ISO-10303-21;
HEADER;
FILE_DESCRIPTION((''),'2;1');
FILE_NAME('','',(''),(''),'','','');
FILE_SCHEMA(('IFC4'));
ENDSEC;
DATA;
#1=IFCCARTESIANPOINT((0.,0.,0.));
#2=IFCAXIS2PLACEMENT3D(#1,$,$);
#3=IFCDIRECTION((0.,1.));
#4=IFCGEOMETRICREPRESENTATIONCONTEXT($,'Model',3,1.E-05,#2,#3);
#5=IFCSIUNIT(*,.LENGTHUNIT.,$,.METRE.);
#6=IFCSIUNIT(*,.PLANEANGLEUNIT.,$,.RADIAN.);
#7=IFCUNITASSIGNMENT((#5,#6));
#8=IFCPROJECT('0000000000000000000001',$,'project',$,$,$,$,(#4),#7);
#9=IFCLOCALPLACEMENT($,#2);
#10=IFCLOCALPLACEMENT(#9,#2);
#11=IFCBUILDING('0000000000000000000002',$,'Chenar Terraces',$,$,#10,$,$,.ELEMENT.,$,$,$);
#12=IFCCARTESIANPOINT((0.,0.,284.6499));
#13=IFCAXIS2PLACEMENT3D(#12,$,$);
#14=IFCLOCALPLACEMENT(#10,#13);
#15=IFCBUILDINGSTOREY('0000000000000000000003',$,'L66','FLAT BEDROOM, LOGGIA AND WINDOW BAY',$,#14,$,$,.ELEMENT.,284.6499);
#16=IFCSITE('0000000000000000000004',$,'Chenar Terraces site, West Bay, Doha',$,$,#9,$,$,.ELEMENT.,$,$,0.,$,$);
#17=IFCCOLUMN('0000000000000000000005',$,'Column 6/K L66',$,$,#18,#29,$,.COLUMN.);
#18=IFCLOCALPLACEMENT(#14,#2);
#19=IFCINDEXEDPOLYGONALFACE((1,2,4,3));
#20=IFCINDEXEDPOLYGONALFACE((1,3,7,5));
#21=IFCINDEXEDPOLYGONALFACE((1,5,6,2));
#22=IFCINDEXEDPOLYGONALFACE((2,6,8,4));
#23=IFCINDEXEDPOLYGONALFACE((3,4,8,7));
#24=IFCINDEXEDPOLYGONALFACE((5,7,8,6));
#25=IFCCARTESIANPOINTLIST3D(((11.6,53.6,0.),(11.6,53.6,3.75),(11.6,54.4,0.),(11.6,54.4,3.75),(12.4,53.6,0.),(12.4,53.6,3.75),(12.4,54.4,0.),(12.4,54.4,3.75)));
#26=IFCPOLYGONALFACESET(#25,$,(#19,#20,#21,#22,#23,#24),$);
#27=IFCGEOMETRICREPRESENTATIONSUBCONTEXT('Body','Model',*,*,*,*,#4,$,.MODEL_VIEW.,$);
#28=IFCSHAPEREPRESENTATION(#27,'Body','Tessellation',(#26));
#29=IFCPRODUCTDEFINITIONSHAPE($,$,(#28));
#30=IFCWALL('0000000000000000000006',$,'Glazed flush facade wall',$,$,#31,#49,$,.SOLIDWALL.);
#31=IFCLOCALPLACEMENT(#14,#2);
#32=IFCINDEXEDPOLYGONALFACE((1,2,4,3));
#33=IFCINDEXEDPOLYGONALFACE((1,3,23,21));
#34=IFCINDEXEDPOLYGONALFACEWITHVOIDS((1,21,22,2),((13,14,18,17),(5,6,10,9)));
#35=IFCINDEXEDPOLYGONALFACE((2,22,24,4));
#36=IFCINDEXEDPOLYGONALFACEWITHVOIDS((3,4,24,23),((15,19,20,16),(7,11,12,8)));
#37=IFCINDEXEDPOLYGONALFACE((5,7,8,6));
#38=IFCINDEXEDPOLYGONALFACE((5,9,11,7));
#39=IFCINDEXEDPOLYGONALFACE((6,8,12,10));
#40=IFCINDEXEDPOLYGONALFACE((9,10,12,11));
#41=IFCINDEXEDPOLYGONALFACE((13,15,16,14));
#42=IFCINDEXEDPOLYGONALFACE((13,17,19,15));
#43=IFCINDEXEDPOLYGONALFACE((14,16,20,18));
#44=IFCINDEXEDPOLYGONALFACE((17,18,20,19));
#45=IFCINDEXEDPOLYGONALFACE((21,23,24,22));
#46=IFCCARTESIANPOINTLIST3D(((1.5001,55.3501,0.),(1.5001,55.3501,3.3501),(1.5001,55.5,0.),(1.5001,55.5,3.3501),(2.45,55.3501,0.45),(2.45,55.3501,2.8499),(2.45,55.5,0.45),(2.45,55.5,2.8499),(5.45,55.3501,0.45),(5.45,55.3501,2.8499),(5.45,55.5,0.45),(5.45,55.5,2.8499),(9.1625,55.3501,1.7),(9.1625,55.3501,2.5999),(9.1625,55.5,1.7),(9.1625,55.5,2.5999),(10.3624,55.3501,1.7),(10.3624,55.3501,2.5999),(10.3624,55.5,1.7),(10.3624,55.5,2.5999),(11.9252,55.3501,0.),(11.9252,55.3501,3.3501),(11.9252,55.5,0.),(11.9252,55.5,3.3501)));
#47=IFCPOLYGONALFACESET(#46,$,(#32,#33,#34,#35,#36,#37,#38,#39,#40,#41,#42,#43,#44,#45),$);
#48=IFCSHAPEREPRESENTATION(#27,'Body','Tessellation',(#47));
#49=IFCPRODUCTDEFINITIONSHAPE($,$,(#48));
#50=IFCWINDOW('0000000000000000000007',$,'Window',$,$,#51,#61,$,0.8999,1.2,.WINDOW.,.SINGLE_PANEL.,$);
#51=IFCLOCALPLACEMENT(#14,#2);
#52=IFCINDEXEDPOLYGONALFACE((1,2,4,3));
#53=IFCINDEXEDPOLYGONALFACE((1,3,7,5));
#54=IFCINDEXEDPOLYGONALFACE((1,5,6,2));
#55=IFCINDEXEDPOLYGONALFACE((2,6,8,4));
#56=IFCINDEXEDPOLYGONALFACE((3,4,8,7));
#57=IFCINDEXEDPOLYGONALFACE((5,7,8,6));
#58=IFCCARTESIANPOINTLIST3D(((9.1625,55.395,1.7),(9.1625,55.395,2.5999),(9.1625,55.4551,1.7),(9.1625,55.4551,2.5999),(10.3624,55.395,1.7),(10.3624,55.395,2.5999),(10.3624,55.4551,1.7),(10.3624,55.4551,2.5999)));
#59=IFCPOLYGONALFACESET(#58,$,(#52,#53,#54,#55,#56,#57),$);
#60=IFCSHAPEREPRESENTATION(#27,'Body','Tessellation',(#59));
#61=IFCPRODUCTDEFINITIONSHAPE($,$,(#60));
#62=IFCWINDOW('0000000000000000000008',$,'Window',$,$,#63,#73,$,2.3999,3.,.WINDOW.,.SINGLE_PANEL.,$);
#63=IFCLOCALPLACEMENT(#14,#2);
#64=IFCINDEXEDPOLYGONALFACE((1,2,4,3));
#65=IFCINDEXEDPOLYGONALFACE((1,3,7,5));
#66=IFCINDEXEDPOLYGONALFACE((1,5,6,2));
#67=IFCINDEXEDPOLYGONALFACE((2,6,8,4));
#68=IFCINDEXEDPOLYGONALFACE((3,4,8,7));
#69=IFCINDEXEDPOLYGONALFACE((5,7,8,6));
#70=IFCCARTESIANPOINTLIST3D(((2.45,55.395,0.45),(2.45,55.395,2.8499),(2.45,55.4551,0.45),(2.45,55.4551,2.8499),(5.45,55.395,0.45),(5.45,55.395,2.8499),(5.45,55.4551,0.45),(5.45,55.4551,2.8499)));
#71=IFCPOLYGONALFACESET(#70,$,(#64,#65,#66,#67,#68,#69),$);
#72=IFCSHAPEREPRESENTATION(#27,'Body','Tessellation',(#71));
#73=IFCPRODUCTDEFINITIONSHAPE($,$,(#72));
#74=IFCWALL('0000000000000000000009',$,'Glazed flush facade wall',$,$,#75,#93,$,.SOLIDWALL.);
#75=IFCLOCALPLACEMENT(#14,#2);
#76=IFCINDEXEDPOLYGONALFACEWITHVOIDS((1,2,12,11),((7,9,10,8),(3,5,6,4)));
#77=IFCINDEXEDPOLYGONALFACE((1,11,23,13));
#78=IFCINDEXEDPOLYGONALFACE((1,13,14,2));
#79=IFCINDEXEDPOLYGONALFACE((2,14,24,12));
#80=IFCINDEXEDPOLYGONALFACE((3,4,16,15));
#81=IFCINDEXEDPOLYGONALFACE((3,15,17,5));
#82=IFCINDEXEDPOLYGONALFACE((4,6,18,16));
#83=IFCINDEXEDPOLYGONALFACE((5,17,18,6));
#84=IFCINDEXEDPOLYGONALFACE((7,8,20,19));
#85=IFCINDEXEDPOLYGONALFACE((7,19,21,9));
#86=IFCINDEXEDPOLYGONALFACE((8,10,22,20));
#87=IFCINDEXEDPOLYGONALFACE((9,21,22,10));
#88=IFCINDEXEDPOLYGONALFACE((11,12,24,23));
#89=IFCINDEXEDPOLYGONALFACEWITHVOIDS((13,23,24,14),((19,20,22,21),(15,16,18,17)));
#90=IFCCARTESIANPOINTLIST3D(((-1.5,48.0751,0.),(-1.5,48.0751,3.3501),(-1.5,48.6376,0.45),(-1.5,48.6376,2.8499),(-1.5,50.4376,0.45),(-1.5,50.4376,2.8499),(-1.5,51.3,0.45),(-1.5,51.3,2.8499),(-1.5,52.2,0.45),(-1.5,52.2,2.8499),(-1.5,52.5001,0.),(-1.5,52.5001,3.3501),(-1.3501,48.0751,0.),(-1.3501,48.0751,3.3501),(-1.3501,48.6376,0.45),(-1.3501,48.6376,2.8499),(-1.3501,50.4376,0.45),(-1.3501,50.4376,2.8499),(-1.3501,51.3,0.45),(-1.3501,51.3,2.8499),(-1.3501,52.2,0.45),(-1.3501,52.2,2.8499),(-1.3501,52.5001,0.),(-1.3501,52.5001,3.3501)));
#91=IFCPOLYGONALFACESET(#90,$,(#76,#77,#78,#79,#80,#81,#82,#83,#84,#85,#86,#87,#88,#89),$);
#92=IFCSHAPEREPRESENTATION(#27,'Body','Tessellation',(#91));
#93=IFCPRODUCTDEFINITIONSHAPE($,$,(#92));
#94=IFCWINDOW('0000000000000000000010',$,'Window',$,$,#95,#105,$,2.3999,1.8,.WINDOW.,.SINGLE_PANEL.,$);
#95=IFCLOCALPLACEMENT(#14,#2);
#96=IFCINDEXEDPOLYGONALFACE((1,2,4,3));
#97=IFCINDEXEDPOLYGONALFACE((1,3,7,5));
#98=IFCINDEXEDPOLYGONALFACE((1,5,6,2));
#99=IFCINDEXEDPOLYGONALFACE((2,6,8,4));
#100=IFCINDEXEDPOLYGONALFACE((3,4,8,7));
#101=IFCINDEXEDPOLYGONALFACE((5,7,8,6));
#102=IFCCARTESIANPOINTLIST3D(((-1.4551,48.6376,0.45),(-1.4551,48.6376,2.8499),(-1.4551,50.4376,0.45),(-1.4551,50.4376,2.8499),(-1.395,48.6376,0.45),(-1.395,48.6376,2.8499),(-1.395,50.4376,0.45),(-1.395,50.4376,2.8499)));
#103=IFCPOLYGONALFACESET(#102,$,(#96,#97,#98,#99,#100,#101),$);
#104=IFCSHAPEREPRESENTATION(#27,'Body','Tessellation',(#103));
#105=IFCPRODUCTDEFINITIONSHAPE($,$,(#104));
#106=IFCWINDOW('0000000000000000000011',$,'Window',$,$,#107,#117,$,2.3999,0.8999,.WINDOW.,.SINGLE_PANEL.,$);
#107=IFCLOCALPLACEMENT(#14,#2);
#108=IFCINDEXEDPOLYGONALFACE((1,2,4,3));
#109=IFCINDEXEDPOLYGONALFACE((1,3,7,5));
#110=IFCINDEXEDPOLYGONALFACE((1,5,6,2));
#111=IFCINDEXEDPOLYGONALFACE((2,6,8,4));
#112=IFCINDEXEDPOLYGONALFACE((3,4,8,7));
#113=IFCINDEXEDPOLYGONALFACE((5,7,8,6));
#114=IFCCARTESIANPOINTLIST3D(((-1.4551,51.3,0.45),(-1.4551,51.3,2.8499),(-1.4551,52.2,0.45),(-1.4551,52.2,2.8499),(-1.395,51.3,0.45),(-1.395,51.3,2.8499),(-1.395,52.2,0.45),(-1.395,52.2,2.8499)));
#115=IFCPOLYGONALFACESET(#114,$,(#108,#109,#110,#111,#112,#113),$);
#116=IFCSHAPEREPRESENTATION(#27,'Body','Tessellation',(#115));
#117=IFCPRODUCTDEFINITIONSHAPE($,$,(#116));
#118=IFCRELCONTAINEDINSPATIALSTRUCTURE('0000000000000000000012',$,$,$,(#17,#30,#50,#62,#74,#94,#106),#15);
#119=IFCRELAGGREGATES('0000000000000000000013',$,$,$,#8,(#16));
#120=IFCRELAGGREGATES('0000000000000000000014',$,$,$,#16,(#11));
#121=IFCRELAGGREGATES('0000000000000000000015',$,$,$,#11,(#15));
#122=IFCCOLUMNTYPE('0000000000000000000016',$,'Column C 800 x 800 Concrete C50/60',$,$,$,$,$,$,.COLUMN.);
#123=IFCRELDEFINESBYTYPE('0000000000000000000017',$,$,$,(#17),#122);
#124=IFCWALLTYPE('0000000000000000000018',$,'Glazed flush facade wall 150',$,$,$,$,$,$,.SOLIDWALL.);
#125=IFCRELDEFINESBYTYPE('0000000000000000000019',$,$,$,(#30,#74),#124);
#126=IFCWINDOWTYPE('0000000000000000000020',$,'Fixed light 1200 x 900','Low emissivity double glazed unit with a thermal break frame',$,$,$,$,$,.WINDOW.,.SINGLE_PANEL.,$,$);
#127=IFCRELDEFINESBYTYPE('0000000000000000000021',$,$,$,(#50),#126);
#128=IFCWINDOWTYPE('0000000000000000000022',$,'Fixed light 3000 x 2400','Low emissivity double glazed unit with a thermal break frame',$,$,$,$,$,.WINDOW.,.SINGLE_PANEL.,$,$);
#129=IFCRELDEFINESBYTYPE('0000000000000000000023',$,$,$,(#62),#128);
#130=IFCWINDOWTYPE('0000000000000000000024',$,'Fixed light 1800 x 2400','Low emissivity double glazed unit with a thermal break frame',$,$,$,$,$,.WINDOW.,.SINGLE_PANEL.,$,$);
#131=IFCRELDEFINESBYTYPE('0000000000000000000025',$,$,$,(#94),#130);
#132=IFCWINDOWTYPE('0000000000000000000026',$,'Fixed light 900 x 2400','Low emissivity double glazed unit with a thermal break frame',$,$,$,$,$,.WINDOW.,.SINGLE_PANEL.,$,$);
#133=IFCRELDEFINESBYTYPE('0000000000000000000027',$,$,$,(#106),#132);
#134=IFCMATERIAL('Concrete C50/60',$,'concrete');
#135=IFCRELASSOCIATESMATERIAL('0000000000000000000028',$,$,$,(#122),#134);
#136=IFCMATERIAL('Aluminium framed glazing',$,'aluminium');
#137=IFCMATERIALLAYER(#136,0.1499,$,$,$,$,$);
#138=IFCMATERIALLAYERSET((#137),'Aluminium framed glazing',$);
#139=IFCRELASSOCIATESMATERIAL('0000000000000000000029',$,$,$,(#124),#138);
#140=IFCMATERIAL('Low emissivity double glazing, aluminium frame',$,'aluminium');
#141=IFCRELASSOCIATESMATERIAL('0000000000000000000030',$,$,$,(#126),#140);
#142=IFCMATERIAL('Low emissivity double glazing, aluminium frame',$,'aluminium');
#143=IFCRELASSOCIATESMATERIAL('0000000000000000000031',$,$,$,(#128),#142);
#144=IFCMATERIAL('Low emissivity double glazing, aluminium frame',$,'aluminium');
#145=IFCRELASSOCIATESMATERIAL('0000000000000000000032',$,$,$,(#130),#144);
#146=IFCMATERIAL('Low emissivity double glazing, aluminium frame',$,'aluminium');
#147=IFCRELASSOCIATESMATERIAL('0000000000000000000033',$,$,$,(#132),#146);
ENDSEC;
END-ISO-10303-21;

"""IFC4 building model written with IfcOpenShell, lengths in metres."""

from ifc_helpers import new_model, si_unit, direction, frame, frame_2d, origin, origin_2d, place, context, subcontext, project, spatial, rectangle, extrude, material, layer, layer_set, material_profile, profile_set, type_object, element, fill, save


model = new_model("IFC4")

# Units and contexts
model_context = context("Model", 3, precision=1e-05, world=origin(), true_north=direction((0.0, 1.0)))
body_context = subcontext(model_context, "Body", "Model", "MODEL_VIEW")
ifc_project = project(units=[si_unit("LENGTHUNIT", "METRE"), si_unit("PLANEANGLEUNIT", "RADIAN")], contexts=[model_context])

# Site, building, storey
site_placement = place(None, origin())
site = spatial("IfcSite", under=ifc_project, at=site_placement, Name="Chenar Terraces site, West Bay, Doha", CompositionType="ELEMENT", RefElevation=0.0)
building_placement = place(site_placement, origin())
building = spatial("IfcBuilding", under=site, at=building_placement, Name="Chenar Terraces", CompositionType="ELEMENT")
storey_placement = place(building_placement, frame((0.0, 0.0, 284.6499)))
storey = spatial("IfcBuildingStorey", under=building, at=storey_placement, Name="L66", Description="FLAT BEDROOM, LOGGIA AND WINDOW BAY", CompositionType="ELEMENT", Elevation=284.6499)

# Column
ifc_material_1 = material(Name="Concrete C50/60", Category="concrete")
ifc_material_profile = material_profile(ifc_material_1, rectangle(XDim=0.8, YDim=0.8, at=origin_2d()), Name="C 800 x 800")
ifc_profile_set = profile_set([ifc_material_profile], Name="Concrete C50/60")
column_type = type_object("IfcColumnType", Name="Column C 800 x 800 Concrete C50/60", PredefinedType="COLUMN", material=ifc_profile_set)
column_placement = place(storey_placement, frame((12.0, 54.0, 0.0), z_axis=(0.0, 0.0, 1.0), x_axis=(1.0, 0.0, 0.0)))
element("IfcColumn", 1, at=column_placement, inside=storey, type_object=column_type, Name="Column 6/K L66", PredefinedType="COLUMN", context=body_context, shape_type="SweptSolid", body=[
    extrude(rectangle(XDim=0.8, YDim=0.8, at=origin_2d()), origin(), (0.0, 0.0, 1.0), 3.75),
])

# Walls, openings, windows
ifc_material_2 = material(Name="Aluminium framed glazing", Category="aluminium")
ifc_layer_1 = layer(ifc_material_2, 0.1499)
ifc_layer_set_1 = layer_set([ifc_layer_1], Name="Aluminium framed glazing")
wall_type_1 = type_object("IfcWallType", Name="Glazed flush facade wall 150", PredefinedType="SOLIDWALL", material=ifc_layer_set_1)
wall_1_placement = place(storey_placement, frame((11.925, 55.425, 0.0), z_axis=(0.0, 0.0, 1.0), x_axis=(-1.0, 0.0, 0.0)))
wall_1 = element("IfcWall", 2, at=wall_1_placement, inside=storey, type_object=wall_type_1, Name="Glazed flush facade wall", PredefinedType="SOLIDWALL", context=body_context, shape_type="SweptSolid", body=[
    extrude(rectangle(XDim=10.425, YDim=0.1499, at=frame_2d((5.2124, 0.0))), origin(), (0.0, 0.0, 1.0), 3.3501),
])
opening_1_placement = place(wall_1_placement, frame((1.5625, 0.0, 1.7)))
opening_1 = element("IfcOpeningElement", 3, at=opening_1_placement, cuts=wall_1, PredefinedType="OPENING", context=body_context, shape_type="SweptSolid", body=[
    extrude(rectangle(XDim=1.2, YDim=0.8999, at=frame_2d((0.6001, 0.45))), frame((0.0, 0.085, 0.0), z_axis=(0.0, -1.0, 0.0), x_axis=(1.0, 0.0, 0.0)), (0.0, 0.0, 1.0), 0.1699),
])
opening_2_placement = place(wall_1_placement, frame((6.4751, 0.0, 0.45)))
opening_2 = element("IfcOpeningElement", 4, at=opening_2_placement, cuts=wall_1, PredefinedType="OPENING", context=body_context, shape_type="SweptSolid", body=[
    extrude(rectangle(XDim=3.0, YDim=2.3999, at=frame_2d((1.5, 1.2))), frame((0.0, 0.085, 0.0), z_axis=(0.0, -1.0, 0.0), x_axis=(1.0, 0.0, 0.0)), (0.0, 0.0, 1.0), 0.1699),
])
ifc_material_3 = material(Name="Low emissivity double glazing, aluminium frame", Category="aluminium")
window_type_1 = type_object("IfcWindowType", Name="Fixed light 1200 x 900", Description="Low emissivity double glazed unit with a thermal break frame", PartitioningType="SINGLE_PANEL", PredefinedType="WINDOW", material=ifc_material_3)
window_1_placement = place(opening_1_placement, origin())
window_1 = element("IfcWindow", 5, at=window_1_placement, inside=storey, type_object=window_type_1, Name="Window", OverallHeight=0.8999, OverallWidth=1.2, PartitioningType="SINGLE_PANEL", PredefinedType="WINDOW", context=body_context, shape_type="SweptSolid", body=[
    extrude(rectangle(XDim=1.2, YDim=0.8999, at=frame_2d((0.6001, 0.45))), frame((0.0, 0.03, 0.0), z_axis=(0.0, -1.0, 0.0), x_axis=(1.0, 0.0, 0.0)), (0.0, 0.0, 1.0), 0.0601),
])
fill(opening_1, window_1)
ifc_material_4 = material(Name="Low emissivity double glazing, aluminium frame", Category="aluminium")
window_type_2 = type_object("IfcWindowType", Name="Fixed light 3000 x 2400", Description="Low emissivity double glazed unit with a thermal break frame", PartitioningType="SINGLE_PANEL", PredefinedType="WINDOW", material=ifc_material_4)
window_2_placement = place(opening_2_placement, origin())
window_2 = element("IfcWindow", 6, at=window_2_placement, inside=storey, type_object=window_type_2, Name="Window", OverallHeight=2.3999, OverallWidth=3.0, PartitioningType="SINGLE_PANEL", PredefinedType="WINDOW", context=body_context, shape_type="SweptSolid", body=[
    extrude(rectangle(XDim=3.0, YDim=2.3999, at=frame_2d((1.5, 1.2))), frame((0.0, 0.03, 0.0), z_axis=(0.0, -1.0, 0.0), x_axis=(1.0, 0.0, 0.0)), (0.0, 0.0, 1.0), 0.0601),
])
fill(opening_2, window_2)
wall_2_placement = place(storey_placement, frame((-1.425, 52.5, 0.0), z_axis=(0.0, 0.0, 1.0), x_axis=(0.0, -1.0, 0.0)))
wall_2 = element("IfcWall", 7, at=wall_2_placement, inside=storey, type_object=wall_type_1, Name="Glazed flush facade wall", PredefinedType="SOLIDWALL", context=body_context, shape_type="SweptSolid", body=[
    extrude(rectangle(XDim=4.425, YDim=0.1499, at=frame_2d((2.2124, 0.0))), origin(), (0.0, 0.0, 1.0), 3.3501),
])
opening_3_placement = place(wall_2_placement, frame((0.3, 0.0, 0.45)))
opening_3 = element("IfcOpeningElement", 8, at=opening_3_placement, cuts=wall_2, PredefinedType="OPENING", context=body_context, shape_type="SweptSolid", body=[
    extrude(rectangle(XDim=0.8999, YDim=2.3999, at=frame_2d((0.45, 1.2))), frame((0.0, 0.085, 0.0), z_axis=(0.0, -1.0, 0.0), x_axis=(1.0, 0.0, 0.0)), (0.0, 0.0, 1.0), 0.1699),
])
opening_4_placement = place(wall_2_placement, frame((2.0625, 0.0, 0.45)))
opening_4 = element("IfcOpeningElement", 9, at=opening_4_placement, cuts=wall_2, PredefinedType="OPENING", context=body_context, shape_type="SweptSolid", body=[
    extrude(rectangle(XDim=1.8, YDim=2.3999, at=frame_2d((0.8999, 1.2))), frame((0.0, 0.085, 0.0), z_axis=(0.0, -1.0, 0.0), x_axis=(1.0, 0.0, 0.0)), (0.0, 0.0, 1.0), 0.1699),
])
ifc_material_5 = material(Name="Low emissivity double glazing, aluminium frame", Category="aluminium")
window_type_3 = type_object("IfcWindowType", Name="Fixed light 1800 x 2400", Description="Low emissivity double glazed unit with a thermal break frame", PartitioningType="SINGLE_PANEL", PredefinedType="WINDOW", material=ifc_material_5)
window_3_placement = place(opening_4_placement, origin())
window_3 = element("IfcWindow", 10, at=window_3_placement, inside=storey, type_object=window_type_3, Name="Window", OverallHeight=2.3999, OverallWidth=1.8, PartitioningType="SINGLE_PANEL", PredefinedType="WINDOW", context=body_context, shape_type="SweptSolid", body=[
    extrude(rectangle(XDim=1.8, YDim=2.3999, at=frame_2d((0.8999, 1.2))), frame((0.0, 0.03, 0.0), z_axis=(0.0, -1.0, 0.0), x_axis=(1.0, 0.0, 0.0)), (0.0, 0.0, 1.0), 0.0601),
])
fill(opening_4, window_3)
ifc_material_6 = material(Name="Low emissivity double glazing, aluminium frame", Category="aluminium")
window_type_4 = type_object("IfcWindowType", Name="Fixed light 900 x 2400", Description="Low emissivity double glazed unit with a thermal break frame", PartitioningType="SINGLE_PANEL", PredefinedType="WINDOW", material=ifc_material_6)
window_4_placement = place(opening_3_placement, origin())
window_4 = element("IfcWindow", 11, at=window_4_placement, inside=storey, type_object=window_type_4, Name="Window", OverallHeight=2.3999, OverallWidth=0.8999, PartitioningType="SINGLE_PANEL", PredefinedType="WINDOW", context=body_context, shape_type="SweptSolid", body=[
    extrude(rectangle(XDim=0.8999, YDim=2.3999, at=frame_2d((0.45, 1.2))), frame((0.0, 0.03, 0.0), z_axis=(0.0, -1.0, 0.0), x_axis=(1.0, 0.0, 0.0)), (0.0, 0.0, 1.0), 0.0601),
])
fill(opening_3, window_4)

save(model, "model.ifc")
